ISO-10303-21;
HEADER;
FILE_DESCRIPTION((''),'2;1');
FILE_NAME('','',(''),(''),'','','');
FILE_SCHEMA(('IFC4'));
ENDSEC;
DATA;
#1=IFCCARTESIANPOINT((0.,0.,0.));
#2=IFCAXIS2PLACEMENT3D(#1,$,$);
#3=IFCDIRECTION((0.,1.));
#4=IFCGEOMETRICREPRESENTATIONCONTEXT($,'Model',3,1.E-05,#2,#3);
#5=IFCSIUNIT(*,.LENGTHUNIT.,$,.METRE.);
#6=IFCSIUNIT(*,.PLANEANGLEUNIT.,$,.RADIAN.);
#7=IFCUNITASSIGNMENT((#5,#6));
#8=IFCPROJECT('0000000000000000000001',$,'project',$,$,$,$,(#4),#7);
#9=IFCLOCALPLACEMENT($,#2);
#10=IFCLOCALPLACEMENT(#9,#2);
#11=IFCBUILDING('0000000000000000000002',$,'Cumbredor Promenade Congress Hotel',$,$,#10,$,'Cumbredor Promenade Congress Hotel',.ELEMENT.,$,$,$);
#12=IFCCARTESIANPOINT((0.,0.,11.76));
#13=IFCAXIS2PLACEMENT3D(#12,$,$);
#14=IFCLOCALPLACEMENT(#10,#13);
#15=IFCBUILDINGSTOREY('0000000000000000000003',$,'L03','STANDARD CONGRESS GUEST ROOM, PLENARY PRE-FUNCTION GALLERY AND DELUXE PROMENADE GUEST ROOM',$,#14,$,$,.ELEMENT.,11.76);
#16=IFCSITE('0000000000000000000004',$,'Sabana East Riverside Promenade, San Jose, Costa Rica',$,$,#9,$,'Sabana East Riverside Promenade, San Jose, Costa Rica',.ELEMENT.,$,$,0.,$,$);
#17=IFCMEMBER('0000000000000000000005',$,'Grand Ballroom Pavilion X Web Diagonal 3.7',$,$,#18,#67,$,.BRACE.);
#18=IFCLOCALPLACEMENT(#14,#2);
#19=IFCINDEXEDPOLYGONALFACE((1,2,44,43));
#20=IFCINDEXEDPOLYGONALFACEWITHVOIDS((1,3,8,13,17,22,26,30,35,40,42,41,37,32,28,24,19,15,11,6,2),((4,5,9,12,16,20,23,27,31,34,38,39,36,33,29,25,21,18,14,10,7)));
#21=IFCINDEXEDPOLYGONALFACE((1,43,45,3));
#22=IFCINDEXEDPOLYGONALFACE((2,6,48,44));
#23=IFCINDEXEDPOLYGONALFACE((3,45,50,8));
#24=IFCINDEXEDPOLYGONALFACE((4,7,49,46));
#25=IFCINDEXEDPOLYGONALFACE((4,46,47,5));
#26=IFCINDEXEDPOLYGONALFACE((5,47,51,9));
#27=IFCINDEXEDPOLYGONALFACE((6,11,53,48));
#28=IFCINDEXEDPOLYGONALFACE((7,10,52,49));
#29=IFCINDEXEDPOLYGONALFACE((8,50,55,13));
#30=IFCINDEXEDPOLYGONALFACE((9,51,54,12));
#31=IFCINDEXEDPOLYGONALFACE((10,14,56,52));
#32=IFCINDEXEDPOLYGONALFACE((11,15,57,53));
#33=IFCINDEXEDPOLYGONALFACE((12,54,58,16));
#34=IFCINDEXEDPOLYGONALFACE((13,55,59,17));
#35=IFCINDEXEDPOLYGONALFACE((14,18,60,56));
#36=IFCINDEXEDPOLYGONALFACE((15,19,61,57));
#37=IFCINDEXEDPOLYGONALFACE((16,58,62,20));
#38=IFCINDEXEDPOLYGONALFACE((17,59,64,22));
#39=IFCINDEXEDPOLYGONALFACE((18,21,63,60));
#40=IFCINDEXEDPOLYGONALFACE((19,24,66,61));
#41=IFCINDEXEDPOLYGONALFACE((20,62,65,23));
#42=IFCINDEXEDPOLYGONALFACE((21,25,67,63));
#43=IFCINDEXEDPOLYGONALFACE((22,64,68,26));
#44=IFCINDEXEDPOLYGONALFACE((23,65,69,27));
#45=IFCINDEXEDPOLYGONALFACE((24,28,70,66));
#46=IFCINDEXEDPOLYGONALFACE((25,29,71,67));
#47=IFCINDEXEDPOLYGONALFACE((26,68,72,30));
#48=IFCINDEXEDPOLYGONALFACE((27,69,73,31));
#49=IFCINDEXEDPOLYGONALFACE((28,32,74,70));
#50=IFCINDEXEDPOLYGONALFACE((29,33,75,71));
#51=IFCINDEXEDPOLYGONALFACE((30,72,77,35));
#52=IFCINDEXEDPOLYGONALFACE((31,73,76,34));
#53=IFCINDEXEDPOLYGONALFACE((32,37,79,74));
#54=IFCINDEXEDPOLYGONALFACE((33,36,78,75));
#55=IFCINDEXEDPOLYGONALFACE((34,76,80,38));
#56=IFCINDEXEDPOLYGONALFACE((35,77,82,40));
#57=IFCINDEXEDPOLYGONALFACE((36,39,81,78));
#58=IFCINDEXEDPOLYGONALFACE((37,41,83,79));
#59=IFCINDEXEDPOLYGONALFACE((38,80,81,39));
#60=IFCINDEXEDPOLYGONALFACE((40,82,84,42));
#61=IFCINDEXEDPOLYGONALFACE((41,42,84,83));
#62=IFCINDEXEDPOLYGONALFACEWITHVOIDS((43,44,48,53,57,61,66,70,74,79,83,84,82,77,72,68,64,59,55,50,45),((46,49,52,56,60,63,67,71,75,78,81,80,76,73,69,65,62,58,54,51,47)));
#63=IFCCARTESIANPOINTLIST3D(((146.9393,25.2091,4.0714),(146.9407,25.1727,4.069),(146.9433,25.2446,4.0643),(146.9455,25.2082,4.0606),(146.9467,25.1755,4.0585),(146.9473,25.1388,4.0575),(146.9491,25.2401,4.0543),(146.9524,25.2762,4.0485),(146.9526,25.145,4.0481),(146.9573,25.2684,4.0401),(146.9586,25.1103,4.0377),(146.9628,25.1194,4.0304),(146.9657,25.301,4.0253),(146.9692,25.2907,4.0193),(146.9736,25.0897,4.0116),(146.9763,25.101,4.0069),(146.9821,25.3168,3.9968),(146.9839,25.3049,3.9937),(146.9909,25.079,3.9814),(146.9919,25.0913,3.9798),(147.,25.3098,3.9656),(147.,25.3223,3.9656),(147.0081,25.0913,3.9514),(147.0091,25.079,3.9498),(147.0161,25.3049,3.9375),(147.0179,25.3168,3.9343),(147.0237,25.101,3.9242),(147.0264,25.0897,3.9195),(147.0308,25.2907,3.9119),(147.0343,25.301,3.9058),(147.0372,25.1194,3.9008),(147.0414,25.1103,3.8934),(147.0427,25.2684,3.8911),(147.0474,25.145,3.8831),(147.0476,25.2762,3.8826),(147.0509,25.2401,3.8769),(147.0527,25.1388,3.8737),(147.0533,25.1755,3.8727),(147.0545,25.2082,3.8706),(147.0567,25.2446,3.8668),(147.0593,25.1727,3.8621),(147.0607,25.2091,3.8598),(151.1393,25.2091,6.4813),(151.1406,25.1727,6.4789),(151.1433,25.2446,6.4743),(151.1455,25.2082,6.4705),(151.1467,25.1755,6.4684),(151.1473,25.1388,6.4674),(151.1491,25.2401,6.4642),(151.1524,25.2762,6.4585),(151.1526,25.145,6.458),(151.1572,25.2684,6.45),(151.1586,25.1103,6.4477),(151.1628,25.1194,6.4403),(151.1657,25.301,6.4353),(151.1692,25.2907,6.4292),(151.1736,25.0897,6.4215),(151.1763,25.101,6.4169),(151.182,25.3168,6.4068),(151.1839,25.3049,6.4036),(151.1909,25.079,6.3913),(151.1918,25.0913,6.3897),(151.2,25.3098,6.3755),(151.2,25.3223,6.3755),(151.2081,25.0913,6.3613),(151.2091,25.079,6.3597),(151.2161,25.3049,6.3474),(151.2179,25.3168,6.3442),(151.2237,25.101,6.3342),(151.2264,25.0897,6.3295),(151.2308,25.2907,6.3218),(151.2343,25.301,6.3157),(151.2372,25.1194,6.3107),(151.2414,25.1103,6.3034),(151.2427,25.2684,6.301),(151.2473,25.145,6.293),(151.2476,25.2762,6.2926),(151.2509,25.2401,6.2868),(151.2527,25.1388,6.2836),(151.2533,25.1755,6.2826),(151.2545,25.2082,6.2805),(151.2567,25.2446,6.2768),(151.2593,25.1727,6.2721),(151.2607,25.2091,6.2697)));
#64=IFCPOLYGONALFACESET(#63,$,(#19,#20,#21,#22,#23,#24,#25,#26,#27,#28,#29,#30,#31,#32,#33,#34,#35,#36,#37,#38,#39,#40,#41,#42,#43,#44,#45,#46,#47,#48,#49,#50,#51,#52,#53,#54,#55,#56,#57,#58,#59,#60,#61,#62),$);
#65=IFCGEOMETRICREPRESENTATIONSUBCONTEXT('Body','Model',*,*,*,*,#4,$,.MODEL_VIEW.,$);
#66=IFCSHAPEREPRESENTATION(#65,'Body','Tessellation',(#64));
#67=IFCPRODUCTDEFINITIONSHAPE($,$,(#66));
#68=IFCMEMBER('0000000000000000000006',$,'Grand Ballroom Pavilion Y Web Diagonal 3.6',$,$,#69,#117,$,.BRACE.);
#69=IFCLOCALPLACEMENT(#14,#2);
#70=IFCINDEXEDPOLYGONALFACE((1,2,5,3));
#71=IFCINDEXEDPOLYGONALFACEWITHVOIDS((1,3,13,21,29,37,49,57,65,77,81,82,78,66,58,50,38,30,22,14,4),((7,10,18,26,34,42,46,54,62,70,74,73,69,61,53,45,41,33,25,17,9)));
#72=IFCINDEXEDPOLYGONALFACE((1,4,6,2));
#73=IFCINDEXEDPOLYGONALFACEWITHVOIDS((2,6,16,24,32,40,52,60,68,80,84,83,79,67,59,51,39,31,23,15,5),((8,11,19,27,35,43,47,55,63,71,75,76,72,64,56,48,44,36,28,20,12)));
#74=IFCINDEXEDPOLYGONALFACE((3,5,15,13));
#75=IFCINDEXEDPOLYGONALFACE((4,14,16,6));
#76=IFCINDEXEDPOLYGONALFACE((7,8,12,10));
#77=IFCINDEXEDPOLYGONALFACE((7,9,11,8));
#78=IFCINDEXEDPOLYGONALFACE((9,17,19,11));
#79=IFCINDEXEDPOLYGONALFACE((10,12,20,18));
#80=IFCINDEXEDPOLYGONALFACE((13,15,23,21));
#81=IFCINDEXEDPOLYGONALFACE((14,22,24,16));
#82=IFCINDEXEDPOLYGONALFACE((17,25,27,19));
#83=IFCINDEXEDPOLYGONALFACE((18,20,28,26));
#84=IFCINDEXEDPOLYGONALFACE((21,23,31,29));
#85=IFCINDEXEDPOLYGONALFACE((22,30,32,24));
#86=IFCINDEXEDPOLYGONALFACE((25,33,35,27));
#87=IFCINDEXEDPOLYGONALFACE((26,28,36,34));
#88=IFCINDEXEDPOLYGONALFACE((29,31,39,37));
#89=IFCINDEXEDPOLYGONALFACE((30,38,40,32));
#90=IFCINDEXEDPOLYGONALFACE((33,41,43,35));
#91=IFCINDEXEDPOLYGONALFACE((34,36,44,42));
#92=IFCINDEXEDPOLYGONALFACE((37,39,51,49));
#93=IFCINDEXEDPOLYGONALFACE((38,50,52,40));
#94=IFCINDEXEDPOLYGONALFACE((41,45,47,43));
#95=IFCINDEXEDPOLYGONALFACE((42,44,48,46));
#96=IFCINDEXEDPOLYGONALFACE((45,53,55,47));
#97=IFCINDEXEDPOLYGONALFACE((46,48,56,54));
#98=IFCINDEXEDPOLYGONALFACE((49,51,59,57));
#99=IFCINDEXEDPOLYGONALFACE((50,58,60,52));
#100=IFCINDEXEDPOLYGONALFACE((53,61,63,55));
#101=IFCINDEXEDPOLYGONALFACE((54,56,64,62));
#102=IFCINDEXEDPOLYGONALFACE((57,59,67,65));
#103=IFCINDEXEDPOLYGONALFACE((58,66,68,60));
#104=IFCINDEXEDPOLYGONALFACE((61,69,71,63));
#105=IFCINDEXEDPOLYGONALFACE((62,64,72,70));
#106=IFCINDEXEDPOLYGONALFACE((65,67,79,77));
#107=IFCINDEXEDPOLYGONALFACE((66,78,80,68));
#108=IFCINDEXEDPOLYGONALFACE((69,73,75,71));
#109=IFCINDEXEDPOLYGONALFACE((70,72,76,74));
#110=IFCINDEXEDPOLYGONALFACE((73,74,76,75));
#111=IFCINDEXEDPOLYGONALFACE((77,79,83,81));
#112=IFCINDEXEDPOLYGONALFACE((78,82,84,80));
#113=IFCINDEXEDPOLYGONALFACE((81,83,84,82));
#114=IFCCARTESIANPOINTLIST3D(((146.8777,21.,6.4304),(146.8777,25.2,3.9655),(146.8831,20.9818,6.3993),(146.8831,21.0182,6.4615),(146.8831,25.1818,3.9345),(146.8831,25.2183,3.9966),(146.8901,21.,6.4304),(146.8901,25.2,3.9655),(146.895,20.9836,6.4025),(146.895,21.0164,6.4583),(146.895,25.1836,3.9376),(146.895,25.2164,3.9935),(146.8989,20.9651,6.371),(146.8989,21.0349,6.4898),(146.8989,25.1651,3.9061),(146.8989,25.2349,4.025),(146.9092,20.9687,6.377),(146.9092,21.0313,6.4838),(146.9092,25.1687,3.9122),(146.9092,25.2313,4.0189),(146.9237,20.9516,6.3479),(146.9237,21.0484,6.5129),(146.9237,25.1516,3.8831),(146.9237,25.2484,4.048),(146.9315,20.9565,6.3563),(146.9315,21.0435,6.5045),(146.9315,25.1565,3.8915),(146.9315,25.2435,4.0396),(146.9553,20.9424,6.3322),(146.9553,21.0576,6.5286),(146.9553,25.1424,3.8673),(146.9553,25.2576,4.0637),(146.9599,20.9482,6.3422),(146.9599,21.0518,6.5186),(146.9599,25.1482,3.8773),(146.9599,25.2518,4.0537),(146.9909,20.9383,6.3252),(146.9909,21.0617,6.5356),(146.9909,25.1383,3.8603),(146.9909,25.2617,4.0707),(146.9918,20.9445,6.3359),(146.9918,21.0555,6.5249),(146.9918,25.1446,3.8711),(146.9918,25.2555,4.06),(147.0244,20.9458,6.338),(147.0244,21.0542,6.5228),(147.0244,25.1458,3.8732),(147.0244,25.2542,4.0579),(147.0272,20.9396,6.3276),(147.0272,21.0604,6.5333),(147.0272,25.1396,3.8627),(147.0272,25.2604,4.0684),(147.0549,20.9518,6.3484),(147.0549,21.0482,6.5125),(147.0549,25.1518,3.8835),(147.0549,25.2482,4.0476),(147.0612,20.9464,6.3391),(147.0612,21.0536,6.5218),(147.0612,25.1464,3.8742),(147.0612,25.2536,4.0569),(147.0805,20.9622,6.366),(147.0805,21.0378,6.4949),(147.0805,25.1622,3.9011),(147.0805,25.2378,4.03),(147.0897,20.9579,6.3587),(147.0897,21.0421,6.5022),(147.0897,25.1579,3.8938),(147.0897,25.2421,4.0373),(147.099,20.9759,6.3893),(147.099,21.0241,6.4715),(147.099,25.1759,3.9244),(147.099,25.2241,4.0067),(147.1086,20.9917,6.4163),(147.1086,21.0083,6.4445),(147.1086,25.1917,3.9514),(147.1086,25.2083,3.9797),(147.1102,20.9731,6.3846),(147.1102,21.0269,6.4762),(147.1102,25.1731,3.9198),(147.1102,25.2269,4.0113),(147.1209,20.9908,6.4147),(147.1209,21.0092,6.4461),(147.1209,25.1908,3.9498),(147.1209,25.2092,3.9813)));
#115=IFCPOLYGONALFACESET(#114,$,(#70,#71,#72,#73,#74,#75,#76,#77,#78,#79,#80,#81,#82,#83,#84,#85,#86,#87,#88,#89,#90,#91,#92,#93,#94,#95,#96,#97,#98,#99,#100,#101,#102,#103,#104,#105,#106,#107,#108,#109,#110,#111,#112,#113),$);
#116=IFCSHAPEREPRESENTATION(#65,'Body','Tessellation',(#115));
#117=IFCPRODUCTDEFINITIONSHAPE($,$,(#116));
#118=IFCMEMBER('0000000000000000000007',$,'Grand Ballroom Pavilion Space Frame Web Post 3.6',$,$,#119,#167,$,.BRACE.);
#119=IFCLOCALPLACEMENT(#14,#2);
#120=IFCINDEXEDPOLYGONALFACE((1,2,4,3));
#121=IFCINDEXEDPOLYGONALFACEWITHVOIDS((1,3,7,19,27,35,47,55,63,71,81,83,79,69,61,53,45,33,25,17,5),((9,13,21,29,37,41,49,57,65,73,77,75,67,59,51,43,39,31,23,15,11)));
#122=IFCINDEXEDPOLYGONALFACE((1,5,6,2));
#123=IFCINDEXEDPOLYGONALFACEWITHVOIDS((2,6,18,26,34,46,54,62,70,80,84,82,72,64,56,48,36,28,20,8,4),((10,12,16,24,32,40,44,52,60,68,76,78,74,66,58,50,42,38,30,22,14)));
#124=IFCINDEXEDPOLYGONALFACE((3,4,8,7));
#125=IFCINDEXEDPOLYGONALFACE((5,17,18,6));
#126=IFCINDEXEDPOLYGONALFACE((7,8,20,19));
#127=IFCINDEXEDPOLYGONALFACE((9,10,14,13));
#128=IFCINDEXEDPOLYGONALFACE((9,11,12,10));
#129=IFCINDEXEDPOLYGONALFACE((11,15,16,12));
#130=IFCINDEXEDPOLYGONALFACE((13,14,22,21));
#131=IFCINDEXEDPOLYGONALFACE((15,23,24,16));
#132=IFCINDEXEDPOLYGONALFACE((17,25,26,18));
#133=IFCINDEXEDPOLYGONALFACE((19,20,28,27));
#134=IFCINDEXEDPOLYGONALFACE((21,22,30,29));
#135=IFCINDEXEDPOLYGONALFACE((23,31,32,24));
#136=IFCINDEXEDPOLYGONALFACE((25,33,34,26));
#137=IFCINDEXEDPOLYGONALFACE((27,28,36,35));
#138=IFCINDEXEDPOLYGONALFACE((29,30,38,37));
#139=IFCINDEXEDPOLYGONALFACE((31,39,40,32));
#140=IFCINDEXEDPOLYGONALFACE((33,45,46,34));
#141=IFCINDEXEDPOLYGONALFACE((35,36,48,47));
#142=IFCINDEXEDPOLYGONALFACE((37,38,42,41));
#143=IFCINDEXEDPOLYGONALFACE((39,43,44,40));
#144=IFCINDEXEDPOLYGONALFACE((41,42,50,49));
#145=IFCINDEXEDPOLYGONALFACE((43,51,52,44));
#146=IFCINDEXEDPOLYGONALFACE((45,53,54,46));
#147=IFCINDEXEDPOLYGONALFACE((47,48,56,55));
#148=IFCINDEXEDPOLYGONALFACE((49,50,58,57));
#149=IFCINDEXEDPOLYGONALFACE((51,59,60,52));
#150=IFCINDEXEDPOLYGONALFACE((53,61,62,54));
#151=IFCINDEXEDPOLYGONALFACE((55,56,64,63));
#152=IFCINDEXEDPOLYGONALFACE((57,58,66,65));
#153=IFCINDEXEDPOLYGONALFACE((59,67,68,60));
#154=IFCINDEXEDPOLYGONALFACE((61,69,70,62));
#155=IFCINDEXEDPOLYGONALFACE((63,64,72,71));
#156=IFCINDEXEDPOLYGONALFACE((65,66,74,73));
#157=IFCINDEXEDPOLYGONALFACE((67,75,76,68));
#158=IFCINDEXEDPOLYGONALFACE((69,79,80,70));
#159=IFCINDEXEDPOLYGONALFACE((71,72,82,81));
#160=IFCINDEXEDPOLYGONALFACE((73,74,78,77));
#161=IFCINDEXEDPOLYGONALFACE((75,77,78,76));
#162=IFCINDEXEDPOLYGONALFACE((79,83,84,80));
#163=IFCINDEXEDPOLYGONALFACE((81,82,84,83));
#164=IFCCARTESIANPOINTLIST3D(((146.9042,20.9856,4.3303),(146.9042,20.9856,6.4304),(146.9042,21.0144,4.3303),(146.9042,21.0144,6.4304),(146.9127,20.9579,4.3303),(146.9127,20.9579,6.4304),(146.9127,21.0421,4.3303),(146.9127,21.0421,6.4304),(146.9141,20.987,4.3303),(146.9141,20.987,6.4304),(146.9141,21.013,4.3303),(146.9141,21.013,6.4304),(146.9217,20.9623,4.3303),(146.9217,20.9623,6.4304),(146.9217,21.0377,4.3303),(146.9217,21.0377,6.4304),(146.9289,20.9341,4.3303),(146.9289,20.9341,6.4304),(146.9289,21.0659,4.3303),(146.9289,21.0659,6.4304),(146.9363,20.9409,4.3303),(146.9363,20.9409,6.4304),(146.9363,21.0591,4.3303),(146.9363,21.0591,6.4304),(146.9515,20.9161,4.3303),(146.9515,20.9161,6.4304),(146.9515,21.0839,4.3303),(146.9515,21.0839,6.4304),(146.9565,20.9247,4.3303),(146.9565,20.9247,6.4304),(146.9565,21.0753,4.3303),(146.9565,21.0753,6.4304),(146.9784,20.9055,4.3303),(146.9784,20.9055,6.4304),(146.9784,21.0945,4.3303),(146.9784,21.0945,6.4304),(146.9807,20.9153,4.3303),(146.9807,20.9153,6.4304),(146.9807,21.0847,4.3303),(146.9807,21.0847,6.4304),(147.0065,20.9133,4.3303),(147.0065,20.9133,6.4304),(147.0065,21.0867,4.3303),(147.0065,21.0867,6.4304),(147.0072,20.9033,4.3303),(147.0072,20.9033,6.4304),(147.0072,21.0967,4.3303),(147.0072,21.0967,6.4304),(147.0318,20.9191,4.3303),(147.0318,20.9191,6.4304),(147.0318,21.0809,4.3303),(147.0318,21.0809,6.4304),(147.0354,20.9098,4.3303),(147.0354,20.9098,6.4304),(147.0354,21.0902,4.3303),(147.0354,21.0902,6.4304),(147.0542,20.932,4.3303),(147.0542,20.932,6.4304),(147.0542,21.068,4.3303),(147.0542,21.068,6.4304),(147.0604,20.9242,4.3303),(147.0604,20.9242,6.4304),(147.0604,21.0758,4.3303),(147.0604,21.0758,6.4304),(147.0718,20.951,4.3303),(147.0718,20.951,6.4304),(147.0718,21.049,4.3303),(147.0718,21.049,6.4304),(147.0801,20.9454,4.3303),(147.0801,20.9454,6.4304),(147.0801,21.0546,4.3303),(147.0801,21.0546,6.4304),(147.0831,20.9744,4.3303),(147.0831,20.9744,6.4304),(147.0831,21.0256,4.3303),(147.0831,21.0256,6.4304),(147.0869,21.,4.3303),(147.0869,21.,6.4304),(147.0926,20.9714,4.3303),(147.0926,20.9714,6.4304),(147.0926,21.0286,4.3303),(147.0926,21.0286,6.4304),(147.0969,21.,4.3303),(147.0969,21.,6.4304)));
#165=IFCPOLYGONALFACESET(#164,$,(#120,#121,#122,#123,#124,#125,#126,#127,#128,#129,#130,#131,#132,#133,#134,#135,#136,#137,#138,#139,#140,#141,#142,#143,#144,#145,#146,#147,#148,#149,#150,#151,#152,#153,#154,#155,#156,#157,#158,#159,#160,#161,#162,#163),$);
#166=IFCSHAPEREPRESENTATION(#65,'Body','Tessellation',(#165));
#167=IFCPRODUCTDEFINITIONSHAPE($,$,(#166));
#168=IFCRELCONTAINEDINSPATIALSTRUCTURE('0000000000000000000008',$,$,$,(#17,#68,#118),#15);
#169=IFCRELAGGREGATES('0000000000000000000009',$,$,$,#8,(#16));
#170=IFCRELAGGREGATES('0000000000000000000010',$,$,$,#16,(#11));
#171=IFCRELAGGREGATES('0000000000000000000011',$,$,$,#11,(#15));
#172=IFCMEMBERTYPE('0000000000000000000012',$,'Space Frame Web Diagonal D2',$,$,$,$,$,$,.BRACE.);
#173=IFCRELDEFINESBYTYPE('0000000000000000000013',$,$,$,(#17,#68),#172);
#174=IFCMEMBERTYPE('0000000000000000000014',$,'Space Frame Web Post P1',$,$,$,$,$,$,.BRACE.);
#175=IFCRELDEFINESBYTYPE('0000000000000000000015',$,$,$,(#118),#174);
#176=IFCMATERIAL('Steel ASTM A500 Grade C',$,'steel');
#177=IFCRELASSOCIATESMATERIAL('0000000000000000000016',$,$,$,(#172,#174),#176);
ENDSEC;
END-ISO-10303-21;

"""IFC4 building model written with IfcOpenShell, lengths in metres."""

from ifc_helpers import new_model, si_unit, direction, frame, origin, origin_2d, place, context, subcontext, project, spatial, hollow_circle, extrude, material, material_profile, profile_set, type_object, element, save


model = new_model("IFC4")

# Units and contexts
model_context = context("Model", 3, precision=1e-05, world=origin(), true_north=direction((0.0, 1.0)))
body_context = subcontext(model_context, "Body", "Model", "MODEL_VIEW")
ifc_project = project(units=[si_unit("LENGTHUNIT", "METRE"), si_unit("PLANEANGLEUNIT", "RADIAN")], contexts=[model_context])

# Site, building, storey
site_placement = place(None, origin())
site = spatial("IfcSite", under=ifc_project, at=site_placement, Name="Sabana East Riverside Promenade, San Jose, Costa Rica", LongName="Sabana East Riverside Promenade, San Jose, Costa Rica", CompositionType="ELEMENT", RefElevation=0.0)
building_placement = place(site_placement, origin())
building = spatial("IfcBuilding", under=site, at=building_placement, Name="Cumbredor Promenade Congress Hotel", LongName="Cumbredor Promenade Congress Hotel", CompositionType="ELEMENT")
storey_placement = place(building_placement, frame((0.0, 0.0, 11.76)))
storey = spatial("IfcBuildingStorey", under=building, at=storey_placement, Name="L03", Description="STANDARD CONGRESS GUEST ROOM, PLENARY PRE-FUNCTION GALLERY AND DELUXE PROMENADE GUEST ROOM", CompositionType="ELEMENT", Elevation=11.76)

# Shared definitions
ifc_material_1 = material(Name="Steel ASTM A500 Grade C", Category="steel")

# Members
ifc_material_profile_1 = material_profile(ifc_material_1, hollow_circle(Radius=0.1223, WallThickness=0.0125, at=origin_2d()), Name="CHS 244.5x12.5")
ifc_profile_set_1 = profile_set([ifc_material_profile_1], Name="Steel ASTM A500 Grade C")
member_type_1 = type_object("IfcMemberType", Name="Space Frame Web Diagonal D2", PredefinedType="BRACE", material=ifc_profile_set_1)
member_1_placement = place(storey_placement, frame((147.0, 25.2, 3.9656), z_axis=(0.867357, 0.0, 0.497686), x_axis=(0.0, 1.0, 0.0)))
element("IfcMember", 1, at=member_1_placement, inside=storey, type_object=member_type_1, Name="Grand Ballroom Pavilion X Web Diagonal 3.7", PredefinedType="BRACE", context=body_context, shape_type="SweptSolid", body=[
    extrude(hollow_circle(Radius=0.1223, WallThickness=0.0125, at=origin_2d()), origin(), (0.0, 0.0, 1.0), 4.8423),
])
member_2_placement = place(storey_placement, frame((147.0, 21.0, 6.4304), z_axis=(0.0, 0.862447, -0.506148), x_axis=(-1.0, 0.0, 0.0)))
element("IfcMember", 2, at=member_2_placement, inside=storey, type_object=member_type_1, Name="Grand Ballroom Pavilion Y Web Diagonal 3.6", PredefinedType="BRACE", context=body_context, shape_type="SweptSolid", body=[
    extrude(hollow_circle(Radius=0.1223, WallThickness=0.0125, at=origin_2d()), origin(), (0.0, 0.0, 1.0), 4.8699),
])
ifc_material_profile_2 = material_profile(ifc_material_1, hollow_circle(Radius=0.0969, WallThickness=0.01, at=origin_2d()), Name="CHS 193.7x10")
ifc_profile_set_2 = profile_set([ifc_material_profile_2], Name="Steel ASTM A500 Grade C")
member_type_2 = type_object("IfcMemberType", Name="Space Frame Web Post P1", PredefinedType="BRACE", material=ifc_profile_set_2)
for number, where, z_axis, x_axis, name in (
    (3, (147.0, 21.0, 4.3303), (0.0, 0.0, 1.0), (1.0, 0.0, 0.0), "Grand Ballroom Pavilion Space Frame Web Post 3.6"),
):
    element("IfcMember", number, at=place(storey_placement, frame(where, z_axis=z_axis, x_axis=x_axis)), inside=storey, type_object=member_type_2, Name=name, PredefinedType="BRACE", context=body_context, shape_type="SweptSolid", body=[
        extrude(hollow_circle(Radius=0.0969, WallThickness=0.01, at=origin_2d()), origin(), (0.0, 0.0, 1.0), 2.1001),
    ])

save(model, "model.ifc")
